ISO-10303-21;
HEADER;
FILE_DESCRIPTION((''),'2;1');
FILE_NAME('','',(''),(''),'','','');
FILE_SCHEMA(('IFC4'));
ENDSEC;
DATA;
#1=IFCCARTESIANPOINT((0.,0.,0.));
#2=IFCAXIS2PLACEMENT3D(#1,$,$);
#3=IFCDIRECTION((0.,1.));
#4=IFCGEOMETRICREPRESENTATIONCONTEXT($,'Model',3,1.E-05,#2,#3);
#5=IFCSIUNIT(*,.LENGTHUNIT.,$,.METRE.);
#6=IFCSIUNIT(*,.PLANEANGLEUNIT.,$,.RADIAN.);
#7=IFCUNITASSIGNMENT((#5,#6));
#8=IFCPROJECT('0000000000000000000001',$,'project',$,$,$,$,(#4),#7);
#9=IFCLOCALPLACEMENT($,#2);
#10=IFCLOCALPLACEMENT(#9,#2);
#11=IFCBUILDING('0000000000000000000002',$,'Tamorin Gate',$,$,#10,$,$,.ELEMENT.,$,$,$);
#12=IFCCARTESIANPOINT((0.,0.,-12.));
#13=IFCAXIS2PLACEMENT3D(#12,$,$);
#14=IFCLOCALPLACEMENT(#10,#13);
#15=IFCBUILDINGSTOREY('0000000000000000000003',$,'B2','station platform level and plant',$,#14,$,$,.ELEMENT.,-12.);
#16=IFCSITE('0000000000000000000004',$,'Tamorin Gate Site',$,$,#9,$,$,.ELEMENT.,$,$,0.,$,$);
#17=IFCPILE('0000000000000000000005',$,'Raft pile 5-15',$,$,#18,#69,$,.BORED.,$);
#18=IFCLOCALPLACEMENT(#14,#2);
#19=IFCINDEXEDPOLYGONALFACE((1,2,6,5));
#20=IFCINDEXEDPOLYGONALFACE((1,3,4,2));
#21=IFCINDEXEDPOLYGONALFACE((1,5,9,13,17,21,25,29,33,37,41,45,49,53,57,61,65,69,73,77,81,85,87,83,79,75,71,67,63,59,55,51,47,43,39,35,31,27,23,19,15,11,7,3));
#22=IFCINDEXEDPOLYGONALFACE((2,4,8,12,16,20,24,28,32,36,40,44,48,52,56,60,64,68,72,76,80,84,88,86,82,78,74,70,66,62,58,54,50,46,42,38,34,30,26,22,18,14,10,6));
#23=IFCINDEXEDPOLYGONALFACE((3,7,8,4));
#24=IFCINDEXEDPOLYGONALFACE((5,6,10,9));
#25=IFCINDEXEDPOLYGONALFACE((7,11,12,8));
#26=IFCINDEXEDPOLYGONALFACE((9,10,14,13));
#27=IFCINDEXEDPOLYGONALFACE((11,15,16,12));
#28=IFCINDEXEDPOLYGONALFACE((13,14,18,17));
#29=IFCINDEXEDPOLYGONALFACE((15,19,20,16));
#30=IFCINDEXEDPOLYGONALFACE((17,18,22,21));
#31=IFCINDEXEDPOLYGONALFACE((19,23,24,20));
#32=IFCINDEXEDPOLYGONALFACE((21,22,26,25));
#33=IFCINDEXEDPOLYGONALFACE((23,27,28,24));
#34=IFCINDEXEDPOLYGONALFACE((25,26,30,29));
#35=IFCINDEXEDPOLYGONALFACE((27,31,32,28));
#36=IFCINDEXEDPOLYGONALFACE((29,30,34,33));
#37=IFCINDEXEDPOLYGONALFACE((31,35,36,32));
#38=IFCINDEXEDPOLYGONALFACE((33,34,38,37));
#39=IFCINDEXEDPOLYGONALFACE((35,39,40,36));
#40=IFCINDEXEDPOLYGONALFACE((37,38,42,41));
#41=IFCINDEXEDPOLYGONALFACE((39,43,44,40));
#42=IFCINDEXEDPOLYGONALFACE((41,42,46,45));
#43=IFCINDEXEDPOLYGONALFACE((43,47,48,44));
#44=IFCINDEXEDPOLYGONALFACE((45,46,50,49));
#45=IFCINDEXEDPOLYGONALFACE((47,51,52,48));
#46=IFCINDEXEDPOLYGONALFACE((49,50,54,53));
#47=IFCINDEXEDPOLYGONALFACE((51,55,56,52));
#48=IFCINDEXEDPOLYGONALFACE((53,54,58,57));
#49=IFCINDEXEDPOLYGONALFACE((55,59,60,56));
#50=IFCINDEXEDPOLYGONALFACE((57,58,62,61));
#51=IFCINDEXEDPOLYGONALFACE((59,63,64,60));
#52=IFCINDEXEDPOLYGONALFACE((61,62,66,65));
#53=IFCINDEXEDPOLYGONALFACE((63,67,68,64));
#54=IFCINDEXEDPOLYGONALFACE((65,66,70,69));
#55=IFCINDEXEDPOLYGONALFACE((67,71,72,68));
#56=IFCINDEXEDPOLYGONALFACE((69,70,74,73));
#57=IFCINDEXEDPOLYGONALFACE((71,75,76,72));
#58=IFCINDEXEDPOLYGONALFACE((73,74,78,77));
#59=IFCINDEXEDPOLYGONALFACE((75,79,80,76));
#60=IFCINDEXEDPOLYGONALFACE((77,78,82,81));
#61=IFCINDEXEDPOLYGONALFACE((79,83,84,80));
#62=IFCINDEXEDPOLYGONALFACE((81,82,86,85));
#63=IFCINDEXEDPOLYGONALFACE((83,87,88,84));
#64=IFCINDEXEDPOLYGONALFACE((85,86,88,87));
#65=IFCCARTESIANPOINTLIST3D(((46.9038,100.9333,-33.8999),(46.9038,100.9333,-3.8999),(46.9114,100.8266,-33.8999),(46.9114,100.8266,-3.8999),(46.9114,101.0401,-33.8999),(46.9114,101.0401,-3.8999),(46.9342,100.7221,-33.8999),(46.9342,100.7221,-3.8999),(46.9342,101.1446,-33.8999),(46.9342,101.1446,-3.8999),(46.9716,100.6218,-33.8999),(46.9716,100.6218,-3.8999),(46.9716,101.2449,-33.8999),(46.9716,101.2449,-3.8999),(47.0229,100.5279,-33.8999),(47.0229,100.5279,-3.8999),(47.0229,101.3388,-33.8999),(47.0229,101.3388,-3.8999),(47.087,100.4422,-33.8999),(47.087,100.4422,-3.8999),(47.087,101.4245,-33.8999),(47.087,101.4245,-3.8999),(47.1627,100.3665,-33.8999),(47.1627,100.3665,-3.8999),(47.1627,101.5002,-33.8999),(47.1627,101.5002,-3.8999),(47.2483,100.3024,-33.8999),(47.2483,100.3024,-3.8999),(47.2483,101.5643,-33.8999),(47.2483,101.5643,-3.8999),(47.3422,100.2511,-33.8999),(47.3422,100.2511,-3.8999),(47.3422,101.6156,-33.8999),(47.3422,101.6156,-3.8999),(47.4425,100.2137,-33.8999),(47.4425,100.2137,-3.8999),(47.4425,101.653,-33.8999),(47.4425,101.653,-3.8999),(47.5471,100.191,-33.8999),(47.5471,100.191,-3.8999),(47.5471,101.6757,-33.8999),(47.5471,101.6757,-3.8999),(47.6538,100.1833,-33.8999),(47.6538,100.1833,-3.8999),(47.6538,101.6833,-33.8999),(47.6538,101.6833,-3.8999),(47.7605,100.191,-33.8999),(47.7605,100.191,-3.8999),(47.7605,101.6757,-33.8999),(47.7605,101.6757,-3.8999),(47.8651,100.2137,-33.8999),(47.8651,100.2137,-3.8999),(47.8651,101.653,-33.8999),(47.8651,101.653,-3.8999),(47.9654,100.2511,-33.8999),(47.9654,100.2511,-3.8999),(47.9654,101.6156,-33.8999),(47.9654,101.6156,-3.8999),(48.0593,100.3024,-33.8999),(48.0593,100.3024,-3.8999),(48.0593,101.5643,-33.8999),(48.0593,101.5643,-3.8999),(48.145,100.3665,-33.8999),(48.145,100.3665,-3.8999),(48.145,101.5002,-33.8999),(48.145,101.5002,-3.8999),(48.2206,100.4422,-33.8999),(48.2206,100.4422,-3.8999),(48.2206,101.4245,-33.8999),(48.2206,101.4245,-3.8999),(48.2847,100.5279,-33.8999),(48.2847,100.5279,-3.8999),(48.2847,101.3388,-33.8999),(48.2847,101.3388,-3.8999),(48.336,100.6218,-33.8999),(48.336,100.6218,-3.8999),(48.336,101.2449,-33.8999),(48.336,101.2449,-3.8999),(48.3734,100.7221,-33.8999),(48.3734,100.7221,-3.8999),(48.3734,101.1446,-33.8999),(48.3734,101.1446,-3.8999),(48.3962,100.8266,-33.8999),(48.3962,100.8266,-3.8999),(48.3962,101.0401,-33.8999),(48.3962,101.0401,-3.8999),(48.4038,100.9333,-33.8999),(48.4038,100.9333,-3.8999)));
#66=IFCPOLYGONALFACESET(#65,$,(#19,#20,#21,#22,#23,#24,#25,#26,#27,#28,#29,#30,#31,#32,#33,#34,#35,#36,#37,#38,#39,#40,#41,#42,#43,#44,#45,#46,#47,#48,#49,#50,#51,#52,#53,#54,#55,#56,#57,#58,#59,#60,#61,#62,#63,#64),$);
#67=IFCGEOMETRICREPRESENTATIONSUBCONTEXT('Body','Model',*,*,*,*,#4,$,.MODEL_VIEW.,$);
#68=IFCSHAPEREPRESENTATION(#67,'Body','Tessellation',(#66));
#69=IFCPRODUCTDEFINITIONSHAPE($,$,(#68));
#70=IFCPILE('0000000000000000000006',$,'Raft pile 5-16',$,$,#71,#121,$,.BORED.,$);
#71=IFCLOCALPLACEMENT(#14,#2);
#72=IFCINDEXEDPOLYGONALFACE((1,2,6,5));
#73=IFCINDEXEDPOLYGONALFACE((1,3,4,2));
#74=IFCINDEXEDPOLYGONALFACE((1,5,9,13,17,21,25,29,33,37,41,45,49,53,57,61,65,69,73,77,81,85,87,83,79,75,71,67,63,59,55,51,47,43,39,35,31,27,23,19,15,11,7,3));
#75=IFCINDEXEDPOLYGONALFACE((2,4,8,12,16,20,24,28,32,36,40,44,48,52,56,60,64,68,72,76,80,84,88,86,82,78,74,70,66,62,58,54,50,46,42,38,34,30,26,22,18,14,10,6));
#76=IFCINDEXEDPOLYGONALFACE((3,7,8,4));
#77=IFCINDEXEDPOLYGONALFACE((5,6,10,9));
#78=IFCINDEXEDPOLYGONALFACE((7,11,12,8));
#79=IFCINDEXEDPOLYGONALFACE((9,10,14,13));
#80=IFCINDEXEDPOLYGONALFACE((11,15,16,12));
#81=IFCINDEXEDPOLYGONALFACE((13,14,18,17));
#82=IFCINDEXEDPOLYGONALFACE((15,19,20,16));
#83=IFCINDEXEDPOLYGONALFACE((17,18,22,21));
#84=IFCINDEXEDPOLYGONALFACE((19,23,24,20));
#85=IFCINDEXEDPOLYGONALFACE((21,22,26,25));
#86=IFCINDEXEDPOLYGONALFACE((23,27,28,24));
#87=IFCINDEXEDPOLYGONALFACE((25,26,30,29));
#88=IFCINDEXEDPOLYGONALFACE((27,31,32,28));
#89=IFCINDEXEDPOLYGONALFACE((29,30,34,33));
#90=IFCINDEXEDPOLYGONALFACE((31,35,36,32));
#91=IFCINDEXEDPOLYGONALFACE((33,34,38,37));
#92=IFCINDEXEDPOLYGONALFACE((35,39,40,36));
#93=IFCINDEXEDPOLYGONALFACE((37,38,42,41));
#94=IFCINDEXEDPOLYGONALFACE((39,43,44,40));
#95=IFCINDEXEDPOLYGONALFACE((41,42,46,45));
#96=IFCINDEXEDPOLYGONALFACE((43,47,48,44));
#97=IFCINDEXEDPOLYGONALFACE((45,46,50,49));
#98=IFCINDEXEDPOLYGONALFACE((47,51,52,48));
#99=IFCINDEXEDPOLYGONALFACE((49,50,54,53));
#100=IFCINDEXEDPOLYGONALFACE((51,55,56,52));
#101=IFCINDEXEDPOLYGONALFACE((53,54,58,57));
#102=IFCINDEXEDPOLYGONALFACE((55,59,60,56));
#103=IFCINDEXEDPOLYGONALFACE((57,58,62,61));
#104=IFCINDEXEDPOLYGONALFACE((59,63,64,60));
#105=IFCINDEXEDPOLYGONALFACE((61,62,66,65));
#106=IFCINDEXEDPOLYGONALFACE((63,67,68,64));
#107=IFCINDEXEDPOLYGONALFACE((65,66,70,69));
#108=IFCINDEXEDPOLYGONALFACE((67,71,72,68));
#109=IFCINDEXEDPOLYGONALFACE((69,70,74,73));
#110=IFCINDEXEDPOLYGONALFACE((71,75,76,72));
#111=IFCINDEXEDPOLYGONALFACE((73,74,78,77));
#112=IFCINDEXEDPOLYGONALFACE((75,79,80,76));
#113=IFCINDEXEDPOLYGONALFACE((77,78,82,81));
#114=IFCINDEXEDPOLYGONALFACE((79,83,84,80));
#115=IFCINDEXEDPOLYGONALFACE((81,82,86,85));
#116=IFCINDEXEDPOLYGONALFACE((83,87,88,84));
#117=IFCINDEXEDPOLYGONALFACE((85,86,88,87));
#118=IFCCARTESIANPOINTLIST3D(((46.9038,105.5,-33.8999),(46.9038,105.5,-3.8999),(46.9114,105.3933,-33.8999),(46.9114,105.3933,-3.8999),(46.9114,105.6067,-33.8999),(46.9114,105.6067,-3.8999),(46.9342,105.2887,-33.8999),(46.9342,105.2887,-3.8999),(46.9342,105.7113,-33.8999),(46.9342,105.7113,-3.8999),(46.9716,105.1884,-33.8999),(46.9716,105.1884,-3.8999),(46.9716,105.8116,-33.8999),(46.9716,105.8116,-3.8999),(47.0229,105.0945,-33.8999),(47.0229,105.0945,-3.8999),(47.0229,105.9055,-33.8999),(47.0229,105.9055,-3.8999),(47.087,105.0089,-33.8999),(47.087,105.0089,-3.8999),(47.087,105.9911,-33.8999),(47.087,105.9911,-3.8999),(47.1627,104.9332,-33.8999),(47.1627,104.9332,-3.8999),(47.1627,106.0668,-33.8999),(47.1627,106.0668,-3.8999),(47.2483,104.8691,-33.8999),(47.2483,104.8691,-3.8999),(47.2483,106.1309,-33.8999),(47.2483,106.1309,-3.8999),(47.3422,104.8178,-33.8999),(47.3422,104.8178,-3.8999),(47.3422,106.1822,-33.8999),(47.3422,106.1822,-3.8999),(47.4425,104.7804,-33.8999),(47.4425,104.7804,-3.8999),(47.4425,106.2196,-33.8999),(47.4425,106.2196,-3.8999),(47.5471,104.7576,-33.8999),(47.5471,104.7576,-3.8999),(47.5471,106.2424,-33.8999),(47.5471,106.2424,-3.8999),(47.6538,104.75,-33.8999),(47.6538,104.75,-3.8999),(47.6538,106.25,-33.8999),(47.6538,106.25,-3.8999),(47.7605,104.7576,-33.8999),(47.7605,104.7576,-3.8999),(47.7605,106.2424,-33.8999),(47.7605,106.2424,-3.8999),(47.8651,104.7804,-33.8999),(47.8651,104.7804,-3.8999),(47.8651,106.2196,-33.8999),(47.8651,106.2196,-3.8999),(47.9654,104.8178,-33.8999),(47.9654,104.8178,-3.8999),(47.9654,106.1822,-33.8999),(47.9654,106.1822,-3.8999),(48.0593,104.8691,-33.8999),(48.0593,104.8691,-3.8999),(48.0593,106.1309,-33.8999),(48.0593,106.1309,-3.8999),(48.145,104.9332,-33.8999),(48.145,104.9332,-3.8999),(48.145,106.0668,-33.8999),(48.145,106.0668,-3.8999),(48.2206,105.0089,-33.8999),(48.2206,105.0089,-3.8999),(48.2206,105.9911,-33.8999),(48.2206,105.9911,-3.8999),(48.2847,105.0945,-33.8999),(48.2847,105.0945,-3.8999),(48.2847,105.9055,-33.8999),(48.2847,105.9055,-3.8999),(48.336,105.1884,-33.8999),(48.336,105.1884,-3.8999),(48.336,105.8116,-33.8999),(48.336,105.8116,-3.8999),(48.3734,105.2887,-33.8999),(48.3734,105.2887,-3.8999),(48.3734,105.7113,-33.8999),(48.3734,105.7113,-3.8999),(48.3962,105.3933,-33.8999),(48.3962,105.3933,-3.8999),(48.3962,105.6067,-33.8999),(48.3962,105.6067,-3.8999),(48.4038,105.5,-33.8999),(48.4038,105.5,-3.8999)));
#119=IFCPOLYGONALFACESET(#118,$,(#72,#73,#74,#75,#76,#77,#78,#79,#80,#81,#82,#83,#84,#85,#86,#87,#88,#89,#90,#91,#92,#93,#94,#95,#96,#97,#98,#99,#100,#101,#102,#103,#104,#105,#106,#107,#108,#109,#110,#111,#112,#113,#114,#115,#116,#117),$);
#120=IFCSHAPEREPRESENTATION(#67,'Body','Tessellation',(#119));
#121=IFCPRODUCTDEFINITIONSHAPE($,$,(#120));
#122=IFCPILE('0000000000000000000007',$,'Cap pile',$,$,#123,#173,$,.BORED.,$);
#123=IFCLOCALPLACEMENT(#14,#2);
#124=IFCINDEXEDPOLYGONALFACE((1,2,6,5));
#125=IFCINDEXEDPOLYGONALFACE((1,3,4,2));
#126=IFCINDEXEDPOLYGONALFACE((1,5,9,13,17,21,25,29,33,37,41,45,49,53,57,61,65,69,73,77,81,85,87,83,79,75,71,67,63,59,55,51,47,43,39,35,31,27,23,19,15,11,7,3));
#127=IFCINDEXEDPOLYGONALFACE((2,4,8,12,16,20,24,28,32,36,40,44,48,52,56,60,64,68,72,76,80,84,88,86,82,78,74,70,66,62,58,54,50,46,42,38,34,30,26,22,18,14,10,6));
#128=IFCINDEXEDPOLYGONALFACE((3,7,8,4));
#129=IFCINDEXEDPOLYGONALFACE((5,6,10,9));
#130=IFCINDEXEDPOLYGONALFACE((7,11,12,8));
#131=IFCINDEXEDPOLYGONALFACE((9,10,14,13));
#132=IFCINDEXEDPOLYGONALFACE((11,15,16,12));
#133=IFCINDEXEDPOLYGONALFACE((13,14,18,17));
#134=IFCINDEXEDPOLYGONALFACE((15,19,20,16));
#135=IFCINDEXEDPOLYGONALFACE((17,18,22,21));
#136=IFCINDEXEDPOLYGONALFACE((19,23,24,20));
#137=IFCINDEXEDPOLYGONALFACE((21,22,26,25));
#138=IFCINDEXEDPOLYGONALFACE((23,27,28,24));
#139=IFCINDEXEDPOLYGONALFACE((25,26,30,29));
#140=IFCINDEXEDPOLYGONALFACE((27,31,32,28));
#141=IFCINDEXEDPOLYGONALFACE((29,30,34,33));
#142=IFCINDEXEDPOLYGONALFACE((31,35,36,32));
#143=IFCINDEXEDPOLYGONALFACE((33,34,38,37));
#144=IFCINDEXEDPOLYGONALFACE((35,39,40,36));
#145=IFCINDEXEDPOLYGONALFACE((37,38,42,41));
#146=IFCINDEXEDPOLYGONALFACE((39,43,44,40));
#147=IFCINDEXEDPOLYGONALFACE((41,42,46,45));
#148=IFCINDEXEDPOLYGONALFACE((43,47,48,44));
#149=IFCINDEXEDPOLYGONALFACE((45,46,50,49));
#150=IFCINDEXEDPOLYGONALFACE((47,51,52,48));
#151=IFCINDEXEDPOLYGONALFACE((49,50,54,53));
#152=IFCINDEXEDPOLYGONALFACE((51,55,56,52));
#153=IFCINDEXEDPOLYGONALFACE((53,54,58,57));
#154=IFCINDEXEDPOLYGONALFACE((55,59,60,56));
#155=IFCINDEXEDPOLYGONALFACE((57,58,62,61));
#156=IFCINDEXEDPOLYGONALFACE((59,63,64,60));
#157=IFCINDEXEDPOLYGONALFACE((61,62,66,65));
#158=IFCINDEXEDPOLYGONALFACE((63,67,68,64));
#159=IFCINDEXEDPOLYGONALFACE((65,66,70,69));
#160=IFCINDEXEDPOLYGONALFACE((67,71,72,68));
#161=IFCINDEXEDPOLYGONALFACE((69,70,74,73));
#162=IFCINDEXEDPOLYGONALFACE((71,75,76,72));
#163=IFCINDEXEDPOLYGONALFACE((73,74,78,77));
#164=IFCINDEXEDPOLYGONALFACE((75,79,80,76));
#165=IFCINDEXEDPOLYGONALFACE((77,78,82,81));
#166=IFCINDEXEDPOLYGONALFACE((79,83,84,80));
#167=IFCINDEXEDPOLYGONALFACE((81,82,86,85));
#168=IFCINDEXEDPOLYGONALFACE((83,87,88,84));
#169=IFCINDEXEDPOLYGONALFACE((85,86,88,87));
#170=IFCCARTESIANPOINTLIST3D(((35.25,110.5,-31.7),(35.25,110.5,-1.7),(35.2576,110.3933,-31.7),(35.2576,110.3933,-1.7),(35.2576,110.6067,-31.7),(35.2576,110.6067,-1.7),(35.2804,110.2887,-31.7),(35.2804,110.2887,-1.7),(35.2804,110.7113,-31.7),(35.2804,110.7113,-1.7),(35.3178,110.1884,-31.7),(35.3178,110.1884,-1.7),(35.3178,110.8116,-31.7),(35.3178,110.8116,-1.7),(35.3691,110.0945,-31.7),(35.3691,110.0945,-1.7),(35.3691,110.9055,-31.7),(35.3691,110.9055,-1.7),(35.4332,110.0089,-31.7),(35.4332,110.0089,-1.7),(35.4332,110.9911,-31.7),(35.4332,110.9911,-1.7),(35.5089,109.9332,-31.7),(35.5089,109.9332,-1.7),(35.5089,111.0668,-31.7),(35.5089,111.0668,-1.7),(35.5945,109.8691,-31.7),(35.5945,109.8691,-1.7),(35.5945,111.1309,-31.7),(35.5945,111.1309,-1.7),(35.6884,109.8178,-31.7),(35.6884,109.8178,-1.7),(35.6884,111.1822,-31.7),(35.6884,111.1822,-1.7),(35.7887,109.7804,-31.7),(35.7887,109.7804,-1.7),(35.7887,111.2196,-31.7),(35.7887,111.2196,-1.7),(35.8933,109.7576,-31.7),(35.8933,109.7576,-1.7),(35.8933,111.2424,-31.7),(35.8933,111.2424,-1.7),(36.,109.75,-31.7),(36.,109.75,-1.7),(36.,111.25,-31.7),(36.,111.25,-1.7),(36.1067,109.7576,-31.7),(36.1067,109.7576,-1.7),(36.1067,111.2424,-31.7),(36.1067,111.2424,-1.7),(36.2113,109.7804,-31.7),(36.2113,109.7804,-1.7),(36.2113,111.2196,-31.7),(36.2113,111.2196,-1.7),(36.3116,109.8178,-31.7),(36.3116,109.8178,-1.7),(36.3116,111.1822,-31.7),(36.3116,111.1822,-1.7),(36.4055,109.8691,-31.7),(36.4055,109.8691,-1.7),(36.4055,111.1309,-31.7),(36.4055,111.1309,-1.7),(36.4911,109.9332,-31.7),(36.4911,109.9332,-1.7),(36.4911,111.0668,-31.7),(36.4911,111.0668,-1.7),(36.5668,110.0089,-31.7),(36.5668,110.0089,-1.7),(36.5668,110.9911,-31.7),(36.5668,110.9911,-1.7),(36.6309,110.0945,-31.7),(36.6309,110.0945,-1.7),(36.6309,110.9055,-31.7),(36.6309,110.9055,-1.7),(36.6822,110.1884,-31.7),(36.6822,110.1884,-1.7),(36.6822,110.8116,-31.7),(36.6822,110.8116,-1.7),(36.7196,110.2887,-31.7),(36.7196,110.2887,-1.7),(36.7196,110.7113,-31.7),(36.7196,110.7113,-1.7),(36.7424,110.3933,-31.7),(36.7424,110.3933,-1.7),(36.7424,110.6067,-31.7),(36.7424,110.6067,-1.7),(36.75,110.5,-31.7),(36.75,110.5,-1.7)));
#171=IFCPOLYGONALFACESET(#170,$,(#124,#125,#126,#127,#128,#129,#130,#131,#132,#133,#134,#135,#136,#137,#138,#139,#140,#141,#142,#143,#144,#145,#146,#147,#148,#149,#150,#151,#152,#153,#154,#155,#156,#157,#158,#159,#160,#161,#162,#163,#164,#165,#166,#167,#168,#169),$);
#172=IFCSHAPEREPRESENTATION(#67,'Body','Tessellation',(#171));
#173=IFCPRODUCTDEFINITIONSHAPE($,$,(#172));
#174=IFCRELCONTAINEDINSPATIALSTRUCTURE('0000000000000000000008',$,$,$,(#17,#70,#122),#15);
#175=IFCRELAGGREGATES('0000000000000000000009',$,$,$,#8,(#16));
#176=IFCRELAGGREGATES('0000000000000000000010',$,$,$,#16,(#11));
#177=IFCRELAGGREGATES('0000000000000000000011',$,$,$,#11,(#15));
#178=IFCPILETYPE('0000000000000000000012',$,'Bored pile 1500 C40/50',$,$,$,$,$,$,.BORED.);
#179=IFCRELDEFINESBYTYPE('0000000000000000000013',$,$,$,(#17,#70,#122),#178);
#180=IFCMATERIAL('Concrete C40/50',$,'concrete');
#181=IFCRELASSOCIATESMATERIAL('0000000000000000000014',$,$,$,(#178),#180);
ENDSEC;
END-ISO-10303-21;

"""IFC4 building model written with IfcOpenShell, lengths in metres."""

from ifc_helpers import new_model, si_unit, direction, frame, origin, origin_2d, place, context, subcontext, project, spatial, circle, extrude, material, material_profile, profile_set, type_object, element, save


model = new_model("IFC4")

# Units and contexts
model_context = context("Model", 3, precision=1e-05, world=origin(), true_north=direction((0.0, 1.0)))
body_context = subcontext(model_context, "Body", "Model", "MODEL_VIEW")
ifc_project = project(units=[si_unit("LENGTHUNIT", "METRE"), si_unit("PLANEANGLEUNIT", "RADIAN")], contexts=[model_context])

# Site, building, storey
site_placement = place(None, origin())
site = spatial("IfcSite", under=ifc_project, at=site_placement, Name="Tamorin Gate Site", CompositionType="ELEMENT", RefElevation=0.0)
building_placement = place(site_placement, origin())
building = spatial("IfcBuilding", under=site, at=building_placement, Name="Tamorin Gate", CompositionType="ELEMENT")
storey_placement = place(building_placement, frame((0.0, 0.0, -12.0)))
storey = spatial("IfcBuildingStorey", under=building, at=storey_placement, Name="B2", Description="station platform level and plant", CompositionType="ELEMENT", Elevation=-12.0)

# Piles
ifc_material_1 = material(Name="Concrete C40/50", Category="concrete")
ifc_material_profile_1 = material_profile(ifc_material_1, circle(Radius=0.75, at=origin_2d()))
ifc_profile_set_1 = profile_set([ifc_material_profile_1], Name="Concrete C40/50")
pile_type = type_object("IfcPileType", Name="Bored pile 1500 C40/50", PredefinedType="BORED", material=ifc_profile_set_1)
for number, where, z_axis, x_axis, name in (
    (1, (47.6538, 100.9333, -3.8999), (0.0, 0.0, -1.0), (1.0, 0.0, 0.0), "Raft pile 5-15"),
    (2, (47.6538, 105.5, -3.8999), (0.0, 0.0, -1.0), (1.0, 0.0, 0.0), "Raft pile 5-16"),
    (3, (36.0, 110.5, -1.7), (0.0, 0.0, -1.0), (1.0, 0.0, 0.0), "Cap pile"),
):
    element("IfcPile", number, at=place(storey_placement, frame(where, z_axis=z_axis, x_axis=x_axis)), inside=storey, type_object=pile_type, Name=name, PredefinedType="BORED", context=body_context, shape_type="SweptSolid", body=[
        extrude(circle(Radius=0.75, at=origin_2d()), origin(), (0.0, 0.0, 1.0), 30.0),
    ])

save(model, "model.ifc")
